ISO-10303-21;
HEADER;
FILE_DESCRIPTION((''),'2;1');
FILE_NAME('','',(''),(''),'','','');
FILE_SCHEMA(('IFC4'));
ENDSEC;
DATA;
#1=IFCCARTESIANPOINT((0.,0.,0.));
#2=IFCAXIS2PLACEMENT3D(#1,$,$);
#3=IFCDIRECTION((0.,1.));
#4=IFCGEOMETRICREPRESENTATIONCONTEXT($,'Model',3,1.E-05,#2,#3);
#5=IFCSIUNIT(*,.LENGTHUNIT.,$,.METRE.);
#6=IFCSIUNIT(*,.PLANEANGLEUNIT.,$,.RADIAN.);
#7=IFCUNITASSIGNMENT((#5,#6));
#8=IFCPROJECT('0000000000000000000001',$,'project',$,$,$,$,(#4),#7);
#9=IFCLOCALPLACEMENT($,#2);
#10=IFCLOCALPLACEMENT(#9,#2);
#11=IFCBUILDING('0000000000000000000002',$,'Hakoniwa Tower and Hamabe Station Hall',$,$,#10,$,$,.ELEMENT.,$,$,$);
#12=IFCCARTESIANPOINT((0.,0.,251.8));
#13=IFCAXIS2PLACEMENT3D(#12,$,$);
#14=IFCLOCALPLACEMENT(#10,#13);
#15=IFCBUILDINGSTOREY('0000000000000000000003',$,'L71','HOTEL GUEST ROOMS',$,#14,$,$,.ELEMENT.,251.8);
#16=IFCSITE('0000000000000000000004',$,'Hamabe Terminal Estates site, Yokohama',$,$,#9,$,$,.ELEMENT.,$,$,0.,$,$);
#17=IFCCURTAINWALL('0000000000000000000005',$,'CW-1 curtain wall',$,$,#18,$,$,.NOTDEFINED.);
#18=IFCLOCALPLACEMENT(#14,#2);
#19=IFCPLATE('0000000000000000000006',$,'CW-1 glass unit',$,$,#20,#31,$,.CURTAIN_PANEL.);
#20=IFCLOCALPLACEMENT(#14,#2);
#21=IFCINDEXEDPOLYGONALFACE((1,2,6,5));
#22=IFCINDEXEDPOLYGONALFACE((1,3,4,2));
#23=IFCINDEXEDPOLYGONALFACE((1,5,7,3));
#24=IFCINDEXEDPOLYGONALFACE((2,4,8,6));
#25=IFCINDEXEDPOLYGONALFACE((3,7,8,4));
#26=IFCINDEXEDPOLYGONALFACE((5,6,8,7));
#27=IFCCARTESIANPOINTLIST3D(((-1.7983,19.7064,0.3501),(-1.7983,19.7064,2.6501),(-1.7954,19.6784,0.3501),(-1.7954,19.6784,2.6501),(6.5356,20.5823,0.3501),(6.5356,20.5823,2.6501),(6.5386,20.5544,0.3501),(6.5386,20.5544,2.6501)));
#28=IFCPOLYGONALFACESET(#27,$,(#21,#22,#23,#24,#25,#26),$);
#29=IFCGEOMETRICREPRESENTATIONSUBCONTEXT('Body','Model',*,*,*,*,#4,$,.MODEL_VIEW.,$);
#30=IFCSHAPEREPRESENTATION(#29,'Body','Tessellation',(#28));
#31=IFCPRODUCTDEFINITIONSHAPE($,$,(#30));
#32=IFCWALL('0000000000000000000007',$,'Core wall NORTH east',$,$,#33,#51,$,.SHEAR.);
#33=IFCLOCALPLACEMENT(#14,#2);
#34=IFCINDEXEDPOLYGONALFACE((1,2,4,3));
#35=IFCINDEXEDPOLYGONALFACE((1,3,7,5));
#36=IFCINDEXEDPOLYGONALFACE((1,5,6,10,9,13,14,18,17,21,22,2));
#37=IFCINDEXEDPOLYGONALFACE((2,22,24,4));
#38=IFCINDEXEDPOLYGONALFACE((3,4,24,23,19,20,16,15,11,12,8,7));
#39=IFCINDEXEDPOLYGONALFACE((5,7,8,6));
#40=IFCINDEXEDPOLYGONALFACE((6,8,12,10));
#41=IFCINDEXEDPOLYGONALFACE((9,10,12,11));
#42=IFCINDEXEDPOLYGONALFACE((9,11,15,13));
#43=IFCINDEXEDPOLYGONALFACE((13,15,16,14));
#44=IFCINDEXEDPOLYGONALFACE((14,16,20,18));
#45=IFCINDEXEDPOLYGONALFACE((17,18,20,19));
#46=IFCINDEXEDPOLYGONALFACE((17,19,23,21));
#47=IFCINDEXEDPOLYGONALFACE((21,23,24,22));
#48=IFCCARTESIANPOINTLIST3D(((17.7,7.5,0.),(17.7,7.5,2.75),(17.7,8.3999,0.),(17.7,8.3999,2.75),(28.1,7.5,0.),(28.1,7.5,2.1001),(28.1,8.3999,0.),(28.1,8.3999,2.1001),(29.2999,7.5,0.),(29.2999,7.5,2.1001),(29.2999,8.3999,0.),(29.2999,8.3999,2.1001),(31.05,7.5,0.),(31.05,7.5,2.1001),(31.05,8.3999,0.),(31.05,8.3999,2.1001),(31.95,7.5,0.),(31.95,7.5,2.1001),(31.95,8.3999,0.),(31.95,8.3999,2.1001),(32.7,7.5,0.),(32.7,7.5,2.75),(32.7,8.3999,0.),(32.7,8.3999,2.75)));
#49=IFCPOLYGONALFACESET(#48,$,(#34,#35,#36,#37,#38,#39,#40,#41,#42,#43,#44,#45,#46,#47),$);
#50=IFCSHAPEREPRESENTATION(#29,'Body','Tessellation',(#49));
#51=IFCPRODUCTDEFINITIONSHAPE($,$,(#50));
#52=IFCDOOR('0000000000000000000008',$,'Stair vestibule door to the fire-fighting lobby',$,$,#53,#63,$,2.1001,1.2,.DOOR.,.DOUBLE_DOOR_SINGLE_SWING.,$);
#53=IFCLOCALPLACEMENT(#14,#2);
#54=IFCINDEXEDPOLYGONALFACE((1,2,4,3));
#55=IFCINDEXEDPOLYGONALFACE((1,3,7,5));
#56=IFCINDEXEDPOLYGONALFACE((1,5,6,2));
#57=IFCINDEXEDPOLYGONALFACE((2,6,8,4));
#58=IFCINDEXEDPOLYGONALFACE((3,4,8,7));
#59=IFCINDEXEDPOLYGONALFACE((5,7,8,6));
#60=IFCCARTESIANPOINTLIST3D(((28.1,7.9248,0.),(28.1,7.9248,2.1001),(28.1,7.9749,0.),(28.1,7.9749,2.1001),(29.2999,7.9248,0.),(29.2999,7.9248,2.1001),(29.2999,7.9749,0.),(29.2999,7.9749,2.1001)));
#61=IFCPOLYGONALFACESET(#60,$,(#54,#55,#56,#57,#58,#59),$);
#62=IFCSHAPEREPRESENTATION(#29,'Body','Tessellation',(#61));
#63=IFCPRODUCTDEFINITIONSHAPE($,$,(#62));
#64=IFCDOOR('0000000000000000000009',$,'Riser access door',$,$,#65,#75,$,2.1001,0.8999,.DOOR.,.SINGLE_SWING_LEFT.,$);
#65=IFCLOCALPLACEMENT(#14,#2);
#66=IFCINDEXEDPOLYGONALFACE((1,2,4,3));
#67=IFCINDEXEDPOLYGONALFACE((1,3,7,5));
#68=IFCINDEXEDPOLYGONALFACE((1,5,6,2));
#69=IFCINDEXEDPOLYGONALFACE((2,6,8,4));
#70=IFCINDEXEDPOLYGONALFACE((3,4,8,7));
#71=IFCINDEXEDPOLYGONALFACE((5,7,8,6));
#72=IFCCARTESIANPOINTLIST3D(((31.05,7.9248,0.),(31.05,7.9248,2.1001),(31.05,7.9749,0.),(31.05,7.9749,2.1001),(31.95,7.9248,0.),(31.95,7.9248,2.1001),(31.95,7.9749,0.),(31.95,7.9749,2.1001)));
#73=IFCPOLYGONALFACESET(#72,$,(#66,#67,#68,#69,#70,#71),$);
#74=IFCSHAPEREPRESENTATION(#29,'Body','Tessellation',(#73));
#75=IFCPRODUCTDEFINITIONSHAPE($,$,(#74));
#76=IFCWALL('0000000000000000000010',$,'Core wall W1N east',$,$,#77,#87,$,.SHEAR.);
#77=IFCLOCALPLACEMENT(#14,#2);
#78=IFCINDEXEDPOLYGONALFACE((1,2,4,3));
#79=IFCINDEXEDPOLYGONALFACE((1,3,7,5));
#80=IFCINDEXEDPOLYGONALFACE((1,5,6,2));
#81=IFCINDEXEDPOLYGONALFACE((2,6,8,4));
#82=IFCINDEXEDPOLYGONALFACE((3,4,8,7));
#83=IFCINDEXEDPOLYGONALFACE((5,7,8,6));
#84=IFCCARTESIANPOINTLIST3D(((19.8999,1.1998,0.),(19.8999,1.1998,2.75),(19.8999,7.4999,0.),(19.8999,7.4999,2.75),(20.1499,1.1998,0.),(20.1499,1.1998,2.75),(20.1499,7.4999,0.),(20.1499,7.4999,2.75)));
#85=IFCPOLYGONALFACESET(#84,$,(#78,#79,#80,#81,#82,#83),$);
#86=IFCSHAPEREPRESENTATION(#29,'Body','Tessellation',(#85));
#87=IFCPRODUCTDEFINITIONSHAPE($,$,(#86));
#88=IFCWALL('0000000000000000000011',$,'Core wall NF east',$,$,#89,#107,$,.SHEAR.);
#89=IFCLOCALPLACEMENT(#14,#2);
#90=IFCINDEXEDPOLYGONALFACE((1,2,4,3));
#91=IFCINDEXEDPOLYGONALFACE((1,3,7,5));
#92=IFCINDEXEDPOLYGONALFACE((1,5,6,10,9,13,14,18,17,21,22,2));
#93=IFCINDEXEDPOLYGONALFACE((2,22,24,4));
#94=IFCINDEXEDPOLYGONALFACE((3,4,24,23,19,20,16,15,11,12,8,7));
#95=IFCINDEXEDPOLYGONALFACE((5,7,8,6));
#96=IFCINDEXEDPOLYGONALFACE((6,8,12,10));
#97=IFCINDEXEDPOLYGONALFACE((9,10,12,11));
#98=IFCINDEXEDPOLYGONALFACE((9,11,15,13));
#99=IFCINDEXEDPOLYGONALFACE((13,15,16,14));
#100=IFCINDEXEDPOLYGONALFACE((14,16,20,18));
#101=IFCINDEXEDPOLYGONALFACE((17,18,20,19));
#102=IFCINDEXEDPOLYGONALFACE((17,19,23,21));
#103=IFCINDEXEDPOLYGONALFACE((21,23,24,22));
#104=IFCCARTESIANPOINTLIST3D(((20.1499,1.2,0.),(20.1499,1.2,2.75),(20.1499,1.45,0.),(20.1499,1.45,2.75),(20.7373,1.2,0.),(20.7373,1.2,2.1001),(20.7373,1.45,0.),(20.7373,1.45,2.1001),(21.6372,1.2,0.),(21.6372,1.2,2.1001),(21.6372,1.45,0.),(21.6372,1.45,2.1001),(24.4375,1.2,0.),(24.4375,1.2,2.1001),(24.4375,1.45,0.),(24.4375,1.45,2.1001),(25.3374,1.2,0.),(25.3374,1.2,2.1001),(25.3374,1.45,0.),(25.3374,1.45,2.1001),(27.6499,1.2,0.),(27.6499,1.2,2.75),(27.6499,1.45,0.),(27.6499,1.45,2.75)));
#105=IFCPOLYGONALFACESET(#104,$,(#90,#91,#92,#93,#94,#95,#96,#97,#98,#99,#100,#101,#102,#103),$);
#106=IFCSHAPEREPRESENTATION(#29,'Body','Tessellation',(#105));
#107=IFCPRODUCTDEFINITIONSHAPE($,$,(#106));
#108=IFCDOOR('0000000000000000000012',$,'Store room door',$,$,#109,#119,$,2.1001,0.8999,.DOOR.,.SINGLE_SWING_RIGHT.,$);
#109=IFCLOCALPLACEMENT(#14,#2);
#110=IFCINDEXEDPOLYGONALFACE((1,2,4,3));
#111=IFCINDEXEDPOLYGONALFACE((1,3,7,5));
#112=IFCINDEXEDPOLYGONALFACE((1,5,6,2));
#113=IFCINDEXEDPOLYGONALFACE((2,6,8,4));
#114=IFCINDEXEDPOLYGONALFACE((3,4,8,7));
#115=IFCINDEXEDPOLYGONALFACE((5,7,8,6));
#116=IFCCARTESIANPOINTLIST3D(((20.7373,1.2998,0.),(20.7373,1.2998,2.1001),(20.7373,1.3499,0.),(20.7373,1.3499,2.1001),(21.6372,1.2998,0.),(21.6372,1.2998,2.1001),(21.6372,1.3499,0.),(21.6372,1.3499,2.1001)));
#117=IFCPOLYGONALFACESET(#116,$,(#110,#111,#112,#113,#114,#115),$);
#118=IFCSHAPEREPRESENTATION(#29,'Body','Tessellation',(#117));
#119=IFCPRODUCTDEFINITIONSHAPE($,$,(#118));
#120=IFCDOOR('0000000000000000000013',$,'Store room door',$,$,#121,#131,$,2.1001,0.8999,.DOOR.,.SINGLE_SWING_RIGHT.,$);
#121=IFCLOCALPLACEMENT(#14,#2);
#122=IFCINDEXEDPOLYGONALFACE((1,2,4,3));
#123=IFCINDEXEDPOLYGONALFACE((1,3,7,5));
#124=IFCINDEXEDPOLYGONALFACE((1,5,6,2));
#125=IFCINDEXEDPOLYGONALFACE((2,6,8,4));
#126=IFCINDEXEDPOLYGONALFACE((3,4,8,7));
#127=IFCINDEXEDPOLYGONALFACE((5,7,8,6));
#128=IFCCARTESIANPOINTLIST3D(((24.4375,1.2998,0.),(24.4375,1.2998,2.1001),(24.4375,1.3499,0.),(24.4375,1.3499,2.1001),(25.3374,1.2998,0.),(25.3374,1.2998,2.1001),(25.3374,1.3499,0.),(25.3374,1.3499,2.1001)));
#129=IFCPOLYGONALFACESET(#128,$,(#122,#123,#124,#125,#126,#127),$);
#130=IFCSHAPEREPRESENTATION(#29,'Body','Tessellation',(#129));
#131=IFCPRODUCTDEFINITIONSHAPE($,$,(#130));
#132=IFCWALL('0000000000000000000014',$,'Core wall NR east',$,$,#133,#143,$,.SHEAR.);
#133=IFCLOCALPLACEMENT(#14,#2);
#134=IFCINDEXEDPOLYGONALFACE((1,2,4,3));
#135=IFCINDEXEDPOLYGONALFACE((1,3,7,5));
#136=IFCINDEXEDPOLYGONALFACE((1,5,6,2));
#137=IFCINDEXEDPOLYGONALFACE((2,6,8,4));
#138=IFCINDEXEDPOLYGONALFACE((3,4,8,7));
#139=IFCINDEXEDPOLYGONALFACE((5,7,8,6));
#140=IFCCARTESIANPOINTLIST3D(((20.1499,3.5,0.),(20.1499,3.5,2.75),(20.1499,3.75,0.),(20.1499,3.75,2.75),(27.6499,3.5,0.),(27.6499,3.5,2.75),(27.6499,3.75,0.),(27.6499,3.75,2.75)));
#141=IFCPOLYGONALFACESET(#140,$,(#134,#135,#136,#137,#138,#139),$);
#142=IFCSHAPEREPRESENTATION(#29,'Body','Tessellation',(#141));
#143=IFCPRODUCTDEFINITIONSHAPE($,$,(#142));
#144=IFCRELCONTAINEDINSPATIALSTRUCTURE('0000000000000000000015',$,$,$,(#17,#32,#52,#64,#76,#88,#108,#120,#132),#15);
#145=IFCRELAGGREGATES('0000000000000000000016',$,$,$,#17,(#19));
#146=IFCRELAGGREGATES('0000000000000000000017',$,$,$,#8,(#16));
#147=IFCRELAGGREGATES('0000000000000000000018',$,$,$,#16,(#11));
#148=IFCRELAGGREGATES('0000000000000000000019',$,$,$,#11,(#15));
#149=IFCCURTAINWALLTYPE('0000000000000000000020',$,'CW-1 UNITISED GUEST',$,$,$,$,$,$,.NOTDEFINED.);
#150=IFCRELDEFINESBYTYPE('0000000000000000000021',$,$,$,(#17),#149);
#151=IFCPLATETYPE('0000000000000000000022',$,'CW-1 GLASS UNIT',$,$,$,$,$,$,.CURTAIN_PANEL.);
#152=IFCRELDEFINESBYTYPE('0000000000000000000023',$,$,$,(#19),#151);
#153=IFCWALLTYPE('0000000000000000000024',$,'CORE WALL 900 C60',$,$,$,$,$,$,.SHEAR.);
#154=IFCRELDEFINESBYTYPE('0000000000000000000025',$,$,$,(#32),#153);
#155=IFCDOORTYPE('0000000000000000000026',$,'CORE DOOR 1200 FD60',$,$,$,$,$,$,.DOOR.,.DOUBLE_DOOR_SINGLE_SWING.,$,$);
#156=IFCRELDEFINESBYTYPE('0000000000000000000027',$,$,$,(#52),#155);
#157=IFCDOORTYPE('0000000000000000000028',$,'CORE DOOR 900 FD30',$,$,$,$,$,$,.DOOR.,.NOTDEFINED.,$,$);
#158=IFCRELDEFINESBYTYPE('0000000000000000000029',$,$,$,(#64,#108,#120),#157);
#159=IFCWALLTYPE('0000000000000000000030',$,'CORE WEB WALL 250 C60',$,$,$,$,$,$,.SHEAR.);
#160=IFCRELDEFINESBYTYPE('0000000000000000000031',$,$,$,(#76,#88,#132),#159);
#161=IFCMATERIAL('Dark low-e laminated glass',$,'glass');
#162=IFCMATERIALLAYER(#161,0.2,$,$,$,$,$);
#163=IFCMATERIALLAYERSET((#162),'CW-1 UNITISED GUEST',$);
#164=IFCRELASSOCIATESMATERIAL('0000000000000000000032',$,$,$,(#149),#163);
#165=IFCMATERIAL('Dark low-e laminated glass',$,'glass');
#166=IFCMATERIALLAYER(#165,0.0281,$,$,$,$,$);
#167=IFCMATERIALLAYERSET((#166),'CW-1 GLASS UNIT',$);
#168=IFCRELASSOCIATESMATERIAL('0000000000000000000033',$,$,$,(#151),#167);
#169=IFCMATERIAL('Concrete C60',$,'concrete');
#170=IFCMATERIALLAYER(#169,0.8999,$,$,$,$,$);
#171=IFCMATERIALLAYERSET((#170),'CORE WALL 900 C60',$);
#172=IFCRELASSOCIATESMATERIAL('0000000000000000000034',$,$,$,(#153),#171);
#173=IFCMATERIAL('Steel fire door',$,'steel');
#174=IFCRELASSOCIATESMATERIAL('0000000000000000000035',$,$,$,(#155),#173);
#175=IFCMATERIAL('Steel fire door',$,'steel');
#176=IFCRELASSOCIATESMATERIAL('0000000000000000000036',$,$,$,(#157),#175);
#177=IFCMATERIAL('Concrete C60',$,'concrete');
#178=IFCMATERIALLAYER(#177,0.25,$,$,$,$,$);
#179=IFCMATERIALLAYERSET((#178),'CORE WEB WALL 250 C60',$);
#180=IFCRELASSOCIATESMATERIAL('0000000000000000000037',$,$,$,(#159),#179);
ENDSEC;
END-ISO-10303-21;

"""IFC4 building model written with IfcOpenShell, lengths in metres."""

from ifc_helpers import new_model, si_unit, direction, frame, frame_2d, origin, origin_2d, place, context, subcontext, project, spatial, rectangle, extrude, material, layer, layer_set, type_object, element, fill, aggregate, save


model = new_model("IFC4")

# Units and contexts
model_context = context("Model", 3, precision=1e-05, world=origin(), true_north=direction((0.0, 1.0)))
body_context = subcontext(model_context, "Body", "Model", "MODEL_VIEW")
ifc_project = project(units=[si_unit("LENGTHUNIT", "METRE"), si_unit("PLANEANGLEUNIT", "RADIAN")], contexts=[model_context])

# Site, building, storey
site_placement = place(None, origin())
site = spatial("IfcSite", under=ifc_project, at=site_placement, Name="Hamabe Terminal Estates site, Yokohama", CompositionType="ELEMENT", RefElevation=0.0)
building_placement = place(site_placement, origin())
building = spatial("IfcBuilding", under=site, at=building_placement, Name="Hakoniwa Tower and Hamabe Station Hall", CompositionType="ELEMENT")
storey_placement = place(building_placement, frame((0.0, 0.0, 251.8)))
storey = spatial("IfcBuildingStorey", under=building, at=storey_placement, Name="L71", Description="HOTEL GUEST ROOMS", CompositionType="ELEMENT", Elevation=251.8)

# Curtain wall
ifc_material_1 = material(Name="Dark low-e laminated glass", Category="glass")
ifc_layer_1 = layer(ifc_material_1, 0.2)
ifc_layer_set_1 = layer_set([ifc_layer_1], Name="CW-1 UNITISED GUEST")
curtain_wall_type = type_object("IfcCurtainWallType", Name="CW-1 UNITISED GUEST", PredefinedType="NOTDEFINED", material=ifc_layer_set_1)
curtain_wall_1_placement = place(storey_placement, origin())
curtain_wall_1 = element("IfcCurtainWall", 1, at=curtain_wall_1_placement, inside=storey, type_object=curtain_wall_type, Name="CW-1 curtain wall", PredefinedType="NOTDEFINED")

# Plate
ifc_material_2 = material(Name="Dark low-e laminated glass", Category="glass")
ifc_layer_2 = layer(ifc_material_2, 0.0281)
ifc_layer_set_2 = layer_set([ifc_layer_2], Name="CW-1 GLASS UNIT")
plate_type = type_object("IfcPlateType", Name="CW-1 GLASS UNIT", PredefinedType="CURTAIN_PANEL", material=ifc_layer_set_2)
plate_1_placement = place(storey_placement, frame((2.3701, 20.1304, 0.3501), z_axis=(0.0, 0.0, 1.0), x_axis=(-0.994522, -0.104528, 0.0)))
plate_1 = element("IfcPlate", 2, at=plate_1_placement, type_object=plate_type, Name="CW-1 glass unit", PredefinedType="CURTAIN_PANEL", context=body_context, shape_type="SweptSolid", body=[
    extrude(rectangle(XDim=8.3799, YDim=0.0281, at=origin_2d()), origin(), (0.0, 0.0, 1.0), 2.3),
])
aggregate(curtain_wall_1, [plate_1])

# Wall, openings, doors
ifc_material_3 = material(Name="Concrete C60", Category="concrete")
ifc_layer_3 = layer(ifc_material_3, 0.8999)
ifc_layer_set_3 = layer_set([ifc_layer_3], Name="CORE WALL 900 C60")
wall_type_1 = type_object("IfcWallType", Name="CORE WALL 900 C60", PredefinedType="SHEAR", material=ifc_layer_set_3)
wall_1_placement = place(storey_placement, frame((17.7, 7.95, 0.0), z_axis=(0.0, 0.0, 1.0), x_axis=(1.0, 0.0, 0.0)))
wall_1 = element("IfcWall", 3, at=wall_1_placement, inside=storey, type_object=wall_type_1, Name="Core wall NORTH east", PredefinedType="SHEAR", context=body_context, shape_type="SweptSolid", body=[
    extrude(rectangle(XDim=15.0, YDim=0.8999, at=frame_2d((7.5, 0.0))), origin(), (0.0, 0.0, 1.0), 2.75),
])
opening_1_placement = place(wall_1_placement, frame((10.3999, 0.0, 0.0)))
opening_1 = element("IfcOpeningElement", 4, at=opening_1_placement, cuts=wall_1, PredefinedType="OPENING", context=body_context, shape_type="SweptSolid", body=[
    extrude(rectangle(XDim=1.2, YDim=2.1001, at=frame_2d((0.6001, 1.05))), frame((0.0, 0.46, 0.0), z_axis=(0.0, -1.0, 0.0), x_axis=(1.0, 0.0, 0.0)), (0.0, 0.0, 1.0), 0.9199),
])
opening_2_placement = place(wall_1_placement, frame((13.3501, 0.0, 0.0)))
opening_2 = element("IfcOpeningElement", 5, at=opening_2_placement, cuts=wall_1, PredefinedType="OPENING", context=body_context, shape_type="SweptSolid", body=[
    extrude(rectangle(XDim=0.8999, YDim=2.1001, at=frame_2d((0.45, 1.05))), frame((0.0, 0.46, 0.0), z_axis=(0.0, -1.0, 0.0), x_axis=(1.0, 0.0, 0.0)), (0.0, 0.0, 1.0), 0.9199),
])
ifc_material_4 = material(Name="Steel fire door", Category="steel")
door_type_1 = type_object("IfcDoorType", Name="CORE DOOR 1200 FD60", OperationType="DOUBLE_DOOR_SINGLE_SWING", PredefinedType="DOOR", material=ifc_material_4)
door_1_placement = place(opening_1_placement, origin())
door_1 = element("IfcDoor", 6, at=door_1_placement, inside=storey, type_object=door_type_1, Name="Stair vestibule door to the fire-fighting lobby", OperationType="DOUBLE_DOOR_SINGLE_SWING", OverallHeight=2.1001, OverallWidth=1.2, PredefinedType="DOOR", context=body_context, shape_type="SweptSolid", body=[
    extrude(rectangle(XDim=1.2, YDim=2.1001, at=frame_2d((0.6001, 1.05))), frame((0.0, 0.0249, 0.0), z_axis=(0.0, -1.0, 0.0), x_axis=(1.0, 0.0, 0.0)), (0.0, 0.0, 1.0), 0.05),
])
fill(opening_1, door_1)
ifc_material_5 = material(Name="Steel fire door", Category="steel")
door_type_2 = type_object("IfcDoorType", Name="CORE DOOR 900 FD30", OperationType="NOTDEFINED", PredefinedType="DOOR", material=ifc_material_5)
door_2_placement = place(opening_2_placement, origin())
door_2 = element("IfcDoor", 7, at=door_2_placement, inside=storey, type_object=door_type_2, Name="Riser access door", OperationType="SINGLE_SWING_LEFT", OverallHeight=2.1001, OverallWidth=0.8999, PredefinedType="DOOR", context=body_context, shape_type="SweptSolid", body=[
    extrude(rectangle(XDim=0.8999, YDim=2.1001, at=frame_2d((0.45, 1.05))), frame((0.0, 0.0249, 0.0), z_axis=(0.0, -1.0, 0.0), x_axis=(1.0, 0.0, 0.0)), (0.0, 0.0, 1.0), 0.05),
])
fill(opening_2, door_2)

# Wall
ifc_material_6 = material(Name="Concrete C60", Category="concrete")
ifc_layer_4 = layer(ifc_material_6, 0.25)
ifc_layer_set_4 = layer_set([ifc_layer_4], Name="CORE WEB WALL 250 C60")
wall_type_2 = type_object("IfcWallType", Name="CORE WEB WALL 250 C60", PredefinedType="SHEAR", material=ifc_layer_set_4)
wall_2_placement = place(storey_placement, frame((20.0249, 1.2, 0.0), z_axis=(0.0, 0.0, 1.0), x_axis=(0.0, 1.0, 0.0)))
element("IfcWall", 8, at=wall_2_placement, inside=storey, type_object=wall_type_2, Name="Core wall W1N east", PredefinedType="SHEAR", context=body_context, shape_type="SweptSolid", body=[
    extrude(rectangle(XDim=6.3, YDim=0.25, at=frame_2d((3.1499, 0.0))), origin(), (0.0, 0.0, 1.0), 2.75),
])

# Wall, openings, doors
wall_3_placement = place(storey_placement, frame((20.1499, 1.325, 0.0), z_axis=(0.0, 0.0, 1.0), x_axis=(1.0, 0.0, 0.0)))
wall_3 = element("IfcWall", 9, at=wall_3_placement, inside=storey, type_object=wall_type_2, Name="Core wall NF east", PredefinedType="SHEAR", context=body_context, shape_type="SweptSolid", body=[
    extrude(rectangle(XDim=7.5, YDim=0.25, at=frame_2d((3.75, 0.0))), origin(), (0.0, 0.0, 1.0), 2.75),
])
opening_3_placement = place(wall_3_placement, frame((0.5874, 0.0, 0.0)))
opening_3 = element("IfcOpeningElement", 10, at=opening_3_placement, cuts=wall_3, PredefinedType="OPENING", context=body_context, shape_type="SweptSolid", body=[
    extrude(rectangle(XDim=0.8999, YDim=2.1001, at=frame_2d((0.45, 1.05))), frame((0.0, 0.135, 0.0), z_axis=(0.0, -1.0, 0.0), x_axis=(1.0, 0.0, 0.0)), (0.0, 0.0, 1.0), 0.27),
])
opening_4_placement = place(wall_3_placement, frame((4.2876, 0.0, 0.0)))
opening_4 = element("IfcOpeningElement", 11, at=opening_4_placement, cuts=wall_3, PredefinedType="OPENING", context=body_context, shape_type="SweptSolid", body=[
    extrude(rectangle(XDim=0.8999, YDim=2.1001, at=frame_2d((0.45, 1.05))), frame((0.0, 0.135, 0.0), z_axis=(0.0, -1.0, 0.0), x_axis=(1.0, 0.0, 0.0)), (0.0, 0.0, 1.0), 0.27),
])
door_3_placement = place(opening_3_placement, origin())
door_3 = element("IfcDoor", 12, at=door_3_placement, inside=storey, type_object=door_type_2, Name="Store room door", OperationType="SINGLE_SWING_RIGHT", OverallHeight=2.1001, OverallWidth=0.8999, PredefinedType="DOOR", context=body_context, shape_type="SweptSolid", body=[
    extrude(rectangle(XDim=0.8999, YDim=2.1001, at=frame_2d((0.45, 1.05))), frame((0.0, 0.0249, 0.0), z_axis=(0.0, -1.0, 0.0), x_axis=(1.0, 0.0, 0.0)), (0.0, 0.0, 1.0), 0.05),
])
fill(opening_3, door_3)
door_4_placement = place(opening_4_placement, origin())
door_4 = element("IfcDoor", 13, at=door_4_placement, inside=storey, type_object=door_type_2, Name="Store room door", OperationType="SINGLE_SWING_RIGHT", OverallHeight=2.1001, OverallWidth=0.8999, PredefinedType="DOOR", context=body_context, shape_type="SweptSolid", body=[
    extrude(rectangle(XDim=0.8999, YDim=2.1001, at=frame_2d((0.45, 1.05))), frame((0.0, 0.0249, 0.0), z_axis=(0.0, -1.0, 0.0), x_axis=(1.0, 0.0, 0.0)), (0.0, 0.0, 1.0), 0.05),
])
fill(opening_4, door_4)

# Wall
wall_4_placement = place(storey_placement, frame((20.1499, 3.625, 0.0), z_axis=(0.0, 0.0, 1.0), x_axis=(1.0, 0.0, 0.0)))
element("IfcWall", 14, at=wall_4_placement, inside=storey, type_object=wall_type_2, Name="Core wall NR east", PredefinedType="SHEAR", context=body_context, shape_type="SweptSolid", body=[
    extrude(rectangle(XDim=7.5, YDim=0.25, at=frame_2d((3.75, 0.0))), origin(), (0.0, 0.0, 1.0), 2.75),
])

save(model, "model.ifc")
